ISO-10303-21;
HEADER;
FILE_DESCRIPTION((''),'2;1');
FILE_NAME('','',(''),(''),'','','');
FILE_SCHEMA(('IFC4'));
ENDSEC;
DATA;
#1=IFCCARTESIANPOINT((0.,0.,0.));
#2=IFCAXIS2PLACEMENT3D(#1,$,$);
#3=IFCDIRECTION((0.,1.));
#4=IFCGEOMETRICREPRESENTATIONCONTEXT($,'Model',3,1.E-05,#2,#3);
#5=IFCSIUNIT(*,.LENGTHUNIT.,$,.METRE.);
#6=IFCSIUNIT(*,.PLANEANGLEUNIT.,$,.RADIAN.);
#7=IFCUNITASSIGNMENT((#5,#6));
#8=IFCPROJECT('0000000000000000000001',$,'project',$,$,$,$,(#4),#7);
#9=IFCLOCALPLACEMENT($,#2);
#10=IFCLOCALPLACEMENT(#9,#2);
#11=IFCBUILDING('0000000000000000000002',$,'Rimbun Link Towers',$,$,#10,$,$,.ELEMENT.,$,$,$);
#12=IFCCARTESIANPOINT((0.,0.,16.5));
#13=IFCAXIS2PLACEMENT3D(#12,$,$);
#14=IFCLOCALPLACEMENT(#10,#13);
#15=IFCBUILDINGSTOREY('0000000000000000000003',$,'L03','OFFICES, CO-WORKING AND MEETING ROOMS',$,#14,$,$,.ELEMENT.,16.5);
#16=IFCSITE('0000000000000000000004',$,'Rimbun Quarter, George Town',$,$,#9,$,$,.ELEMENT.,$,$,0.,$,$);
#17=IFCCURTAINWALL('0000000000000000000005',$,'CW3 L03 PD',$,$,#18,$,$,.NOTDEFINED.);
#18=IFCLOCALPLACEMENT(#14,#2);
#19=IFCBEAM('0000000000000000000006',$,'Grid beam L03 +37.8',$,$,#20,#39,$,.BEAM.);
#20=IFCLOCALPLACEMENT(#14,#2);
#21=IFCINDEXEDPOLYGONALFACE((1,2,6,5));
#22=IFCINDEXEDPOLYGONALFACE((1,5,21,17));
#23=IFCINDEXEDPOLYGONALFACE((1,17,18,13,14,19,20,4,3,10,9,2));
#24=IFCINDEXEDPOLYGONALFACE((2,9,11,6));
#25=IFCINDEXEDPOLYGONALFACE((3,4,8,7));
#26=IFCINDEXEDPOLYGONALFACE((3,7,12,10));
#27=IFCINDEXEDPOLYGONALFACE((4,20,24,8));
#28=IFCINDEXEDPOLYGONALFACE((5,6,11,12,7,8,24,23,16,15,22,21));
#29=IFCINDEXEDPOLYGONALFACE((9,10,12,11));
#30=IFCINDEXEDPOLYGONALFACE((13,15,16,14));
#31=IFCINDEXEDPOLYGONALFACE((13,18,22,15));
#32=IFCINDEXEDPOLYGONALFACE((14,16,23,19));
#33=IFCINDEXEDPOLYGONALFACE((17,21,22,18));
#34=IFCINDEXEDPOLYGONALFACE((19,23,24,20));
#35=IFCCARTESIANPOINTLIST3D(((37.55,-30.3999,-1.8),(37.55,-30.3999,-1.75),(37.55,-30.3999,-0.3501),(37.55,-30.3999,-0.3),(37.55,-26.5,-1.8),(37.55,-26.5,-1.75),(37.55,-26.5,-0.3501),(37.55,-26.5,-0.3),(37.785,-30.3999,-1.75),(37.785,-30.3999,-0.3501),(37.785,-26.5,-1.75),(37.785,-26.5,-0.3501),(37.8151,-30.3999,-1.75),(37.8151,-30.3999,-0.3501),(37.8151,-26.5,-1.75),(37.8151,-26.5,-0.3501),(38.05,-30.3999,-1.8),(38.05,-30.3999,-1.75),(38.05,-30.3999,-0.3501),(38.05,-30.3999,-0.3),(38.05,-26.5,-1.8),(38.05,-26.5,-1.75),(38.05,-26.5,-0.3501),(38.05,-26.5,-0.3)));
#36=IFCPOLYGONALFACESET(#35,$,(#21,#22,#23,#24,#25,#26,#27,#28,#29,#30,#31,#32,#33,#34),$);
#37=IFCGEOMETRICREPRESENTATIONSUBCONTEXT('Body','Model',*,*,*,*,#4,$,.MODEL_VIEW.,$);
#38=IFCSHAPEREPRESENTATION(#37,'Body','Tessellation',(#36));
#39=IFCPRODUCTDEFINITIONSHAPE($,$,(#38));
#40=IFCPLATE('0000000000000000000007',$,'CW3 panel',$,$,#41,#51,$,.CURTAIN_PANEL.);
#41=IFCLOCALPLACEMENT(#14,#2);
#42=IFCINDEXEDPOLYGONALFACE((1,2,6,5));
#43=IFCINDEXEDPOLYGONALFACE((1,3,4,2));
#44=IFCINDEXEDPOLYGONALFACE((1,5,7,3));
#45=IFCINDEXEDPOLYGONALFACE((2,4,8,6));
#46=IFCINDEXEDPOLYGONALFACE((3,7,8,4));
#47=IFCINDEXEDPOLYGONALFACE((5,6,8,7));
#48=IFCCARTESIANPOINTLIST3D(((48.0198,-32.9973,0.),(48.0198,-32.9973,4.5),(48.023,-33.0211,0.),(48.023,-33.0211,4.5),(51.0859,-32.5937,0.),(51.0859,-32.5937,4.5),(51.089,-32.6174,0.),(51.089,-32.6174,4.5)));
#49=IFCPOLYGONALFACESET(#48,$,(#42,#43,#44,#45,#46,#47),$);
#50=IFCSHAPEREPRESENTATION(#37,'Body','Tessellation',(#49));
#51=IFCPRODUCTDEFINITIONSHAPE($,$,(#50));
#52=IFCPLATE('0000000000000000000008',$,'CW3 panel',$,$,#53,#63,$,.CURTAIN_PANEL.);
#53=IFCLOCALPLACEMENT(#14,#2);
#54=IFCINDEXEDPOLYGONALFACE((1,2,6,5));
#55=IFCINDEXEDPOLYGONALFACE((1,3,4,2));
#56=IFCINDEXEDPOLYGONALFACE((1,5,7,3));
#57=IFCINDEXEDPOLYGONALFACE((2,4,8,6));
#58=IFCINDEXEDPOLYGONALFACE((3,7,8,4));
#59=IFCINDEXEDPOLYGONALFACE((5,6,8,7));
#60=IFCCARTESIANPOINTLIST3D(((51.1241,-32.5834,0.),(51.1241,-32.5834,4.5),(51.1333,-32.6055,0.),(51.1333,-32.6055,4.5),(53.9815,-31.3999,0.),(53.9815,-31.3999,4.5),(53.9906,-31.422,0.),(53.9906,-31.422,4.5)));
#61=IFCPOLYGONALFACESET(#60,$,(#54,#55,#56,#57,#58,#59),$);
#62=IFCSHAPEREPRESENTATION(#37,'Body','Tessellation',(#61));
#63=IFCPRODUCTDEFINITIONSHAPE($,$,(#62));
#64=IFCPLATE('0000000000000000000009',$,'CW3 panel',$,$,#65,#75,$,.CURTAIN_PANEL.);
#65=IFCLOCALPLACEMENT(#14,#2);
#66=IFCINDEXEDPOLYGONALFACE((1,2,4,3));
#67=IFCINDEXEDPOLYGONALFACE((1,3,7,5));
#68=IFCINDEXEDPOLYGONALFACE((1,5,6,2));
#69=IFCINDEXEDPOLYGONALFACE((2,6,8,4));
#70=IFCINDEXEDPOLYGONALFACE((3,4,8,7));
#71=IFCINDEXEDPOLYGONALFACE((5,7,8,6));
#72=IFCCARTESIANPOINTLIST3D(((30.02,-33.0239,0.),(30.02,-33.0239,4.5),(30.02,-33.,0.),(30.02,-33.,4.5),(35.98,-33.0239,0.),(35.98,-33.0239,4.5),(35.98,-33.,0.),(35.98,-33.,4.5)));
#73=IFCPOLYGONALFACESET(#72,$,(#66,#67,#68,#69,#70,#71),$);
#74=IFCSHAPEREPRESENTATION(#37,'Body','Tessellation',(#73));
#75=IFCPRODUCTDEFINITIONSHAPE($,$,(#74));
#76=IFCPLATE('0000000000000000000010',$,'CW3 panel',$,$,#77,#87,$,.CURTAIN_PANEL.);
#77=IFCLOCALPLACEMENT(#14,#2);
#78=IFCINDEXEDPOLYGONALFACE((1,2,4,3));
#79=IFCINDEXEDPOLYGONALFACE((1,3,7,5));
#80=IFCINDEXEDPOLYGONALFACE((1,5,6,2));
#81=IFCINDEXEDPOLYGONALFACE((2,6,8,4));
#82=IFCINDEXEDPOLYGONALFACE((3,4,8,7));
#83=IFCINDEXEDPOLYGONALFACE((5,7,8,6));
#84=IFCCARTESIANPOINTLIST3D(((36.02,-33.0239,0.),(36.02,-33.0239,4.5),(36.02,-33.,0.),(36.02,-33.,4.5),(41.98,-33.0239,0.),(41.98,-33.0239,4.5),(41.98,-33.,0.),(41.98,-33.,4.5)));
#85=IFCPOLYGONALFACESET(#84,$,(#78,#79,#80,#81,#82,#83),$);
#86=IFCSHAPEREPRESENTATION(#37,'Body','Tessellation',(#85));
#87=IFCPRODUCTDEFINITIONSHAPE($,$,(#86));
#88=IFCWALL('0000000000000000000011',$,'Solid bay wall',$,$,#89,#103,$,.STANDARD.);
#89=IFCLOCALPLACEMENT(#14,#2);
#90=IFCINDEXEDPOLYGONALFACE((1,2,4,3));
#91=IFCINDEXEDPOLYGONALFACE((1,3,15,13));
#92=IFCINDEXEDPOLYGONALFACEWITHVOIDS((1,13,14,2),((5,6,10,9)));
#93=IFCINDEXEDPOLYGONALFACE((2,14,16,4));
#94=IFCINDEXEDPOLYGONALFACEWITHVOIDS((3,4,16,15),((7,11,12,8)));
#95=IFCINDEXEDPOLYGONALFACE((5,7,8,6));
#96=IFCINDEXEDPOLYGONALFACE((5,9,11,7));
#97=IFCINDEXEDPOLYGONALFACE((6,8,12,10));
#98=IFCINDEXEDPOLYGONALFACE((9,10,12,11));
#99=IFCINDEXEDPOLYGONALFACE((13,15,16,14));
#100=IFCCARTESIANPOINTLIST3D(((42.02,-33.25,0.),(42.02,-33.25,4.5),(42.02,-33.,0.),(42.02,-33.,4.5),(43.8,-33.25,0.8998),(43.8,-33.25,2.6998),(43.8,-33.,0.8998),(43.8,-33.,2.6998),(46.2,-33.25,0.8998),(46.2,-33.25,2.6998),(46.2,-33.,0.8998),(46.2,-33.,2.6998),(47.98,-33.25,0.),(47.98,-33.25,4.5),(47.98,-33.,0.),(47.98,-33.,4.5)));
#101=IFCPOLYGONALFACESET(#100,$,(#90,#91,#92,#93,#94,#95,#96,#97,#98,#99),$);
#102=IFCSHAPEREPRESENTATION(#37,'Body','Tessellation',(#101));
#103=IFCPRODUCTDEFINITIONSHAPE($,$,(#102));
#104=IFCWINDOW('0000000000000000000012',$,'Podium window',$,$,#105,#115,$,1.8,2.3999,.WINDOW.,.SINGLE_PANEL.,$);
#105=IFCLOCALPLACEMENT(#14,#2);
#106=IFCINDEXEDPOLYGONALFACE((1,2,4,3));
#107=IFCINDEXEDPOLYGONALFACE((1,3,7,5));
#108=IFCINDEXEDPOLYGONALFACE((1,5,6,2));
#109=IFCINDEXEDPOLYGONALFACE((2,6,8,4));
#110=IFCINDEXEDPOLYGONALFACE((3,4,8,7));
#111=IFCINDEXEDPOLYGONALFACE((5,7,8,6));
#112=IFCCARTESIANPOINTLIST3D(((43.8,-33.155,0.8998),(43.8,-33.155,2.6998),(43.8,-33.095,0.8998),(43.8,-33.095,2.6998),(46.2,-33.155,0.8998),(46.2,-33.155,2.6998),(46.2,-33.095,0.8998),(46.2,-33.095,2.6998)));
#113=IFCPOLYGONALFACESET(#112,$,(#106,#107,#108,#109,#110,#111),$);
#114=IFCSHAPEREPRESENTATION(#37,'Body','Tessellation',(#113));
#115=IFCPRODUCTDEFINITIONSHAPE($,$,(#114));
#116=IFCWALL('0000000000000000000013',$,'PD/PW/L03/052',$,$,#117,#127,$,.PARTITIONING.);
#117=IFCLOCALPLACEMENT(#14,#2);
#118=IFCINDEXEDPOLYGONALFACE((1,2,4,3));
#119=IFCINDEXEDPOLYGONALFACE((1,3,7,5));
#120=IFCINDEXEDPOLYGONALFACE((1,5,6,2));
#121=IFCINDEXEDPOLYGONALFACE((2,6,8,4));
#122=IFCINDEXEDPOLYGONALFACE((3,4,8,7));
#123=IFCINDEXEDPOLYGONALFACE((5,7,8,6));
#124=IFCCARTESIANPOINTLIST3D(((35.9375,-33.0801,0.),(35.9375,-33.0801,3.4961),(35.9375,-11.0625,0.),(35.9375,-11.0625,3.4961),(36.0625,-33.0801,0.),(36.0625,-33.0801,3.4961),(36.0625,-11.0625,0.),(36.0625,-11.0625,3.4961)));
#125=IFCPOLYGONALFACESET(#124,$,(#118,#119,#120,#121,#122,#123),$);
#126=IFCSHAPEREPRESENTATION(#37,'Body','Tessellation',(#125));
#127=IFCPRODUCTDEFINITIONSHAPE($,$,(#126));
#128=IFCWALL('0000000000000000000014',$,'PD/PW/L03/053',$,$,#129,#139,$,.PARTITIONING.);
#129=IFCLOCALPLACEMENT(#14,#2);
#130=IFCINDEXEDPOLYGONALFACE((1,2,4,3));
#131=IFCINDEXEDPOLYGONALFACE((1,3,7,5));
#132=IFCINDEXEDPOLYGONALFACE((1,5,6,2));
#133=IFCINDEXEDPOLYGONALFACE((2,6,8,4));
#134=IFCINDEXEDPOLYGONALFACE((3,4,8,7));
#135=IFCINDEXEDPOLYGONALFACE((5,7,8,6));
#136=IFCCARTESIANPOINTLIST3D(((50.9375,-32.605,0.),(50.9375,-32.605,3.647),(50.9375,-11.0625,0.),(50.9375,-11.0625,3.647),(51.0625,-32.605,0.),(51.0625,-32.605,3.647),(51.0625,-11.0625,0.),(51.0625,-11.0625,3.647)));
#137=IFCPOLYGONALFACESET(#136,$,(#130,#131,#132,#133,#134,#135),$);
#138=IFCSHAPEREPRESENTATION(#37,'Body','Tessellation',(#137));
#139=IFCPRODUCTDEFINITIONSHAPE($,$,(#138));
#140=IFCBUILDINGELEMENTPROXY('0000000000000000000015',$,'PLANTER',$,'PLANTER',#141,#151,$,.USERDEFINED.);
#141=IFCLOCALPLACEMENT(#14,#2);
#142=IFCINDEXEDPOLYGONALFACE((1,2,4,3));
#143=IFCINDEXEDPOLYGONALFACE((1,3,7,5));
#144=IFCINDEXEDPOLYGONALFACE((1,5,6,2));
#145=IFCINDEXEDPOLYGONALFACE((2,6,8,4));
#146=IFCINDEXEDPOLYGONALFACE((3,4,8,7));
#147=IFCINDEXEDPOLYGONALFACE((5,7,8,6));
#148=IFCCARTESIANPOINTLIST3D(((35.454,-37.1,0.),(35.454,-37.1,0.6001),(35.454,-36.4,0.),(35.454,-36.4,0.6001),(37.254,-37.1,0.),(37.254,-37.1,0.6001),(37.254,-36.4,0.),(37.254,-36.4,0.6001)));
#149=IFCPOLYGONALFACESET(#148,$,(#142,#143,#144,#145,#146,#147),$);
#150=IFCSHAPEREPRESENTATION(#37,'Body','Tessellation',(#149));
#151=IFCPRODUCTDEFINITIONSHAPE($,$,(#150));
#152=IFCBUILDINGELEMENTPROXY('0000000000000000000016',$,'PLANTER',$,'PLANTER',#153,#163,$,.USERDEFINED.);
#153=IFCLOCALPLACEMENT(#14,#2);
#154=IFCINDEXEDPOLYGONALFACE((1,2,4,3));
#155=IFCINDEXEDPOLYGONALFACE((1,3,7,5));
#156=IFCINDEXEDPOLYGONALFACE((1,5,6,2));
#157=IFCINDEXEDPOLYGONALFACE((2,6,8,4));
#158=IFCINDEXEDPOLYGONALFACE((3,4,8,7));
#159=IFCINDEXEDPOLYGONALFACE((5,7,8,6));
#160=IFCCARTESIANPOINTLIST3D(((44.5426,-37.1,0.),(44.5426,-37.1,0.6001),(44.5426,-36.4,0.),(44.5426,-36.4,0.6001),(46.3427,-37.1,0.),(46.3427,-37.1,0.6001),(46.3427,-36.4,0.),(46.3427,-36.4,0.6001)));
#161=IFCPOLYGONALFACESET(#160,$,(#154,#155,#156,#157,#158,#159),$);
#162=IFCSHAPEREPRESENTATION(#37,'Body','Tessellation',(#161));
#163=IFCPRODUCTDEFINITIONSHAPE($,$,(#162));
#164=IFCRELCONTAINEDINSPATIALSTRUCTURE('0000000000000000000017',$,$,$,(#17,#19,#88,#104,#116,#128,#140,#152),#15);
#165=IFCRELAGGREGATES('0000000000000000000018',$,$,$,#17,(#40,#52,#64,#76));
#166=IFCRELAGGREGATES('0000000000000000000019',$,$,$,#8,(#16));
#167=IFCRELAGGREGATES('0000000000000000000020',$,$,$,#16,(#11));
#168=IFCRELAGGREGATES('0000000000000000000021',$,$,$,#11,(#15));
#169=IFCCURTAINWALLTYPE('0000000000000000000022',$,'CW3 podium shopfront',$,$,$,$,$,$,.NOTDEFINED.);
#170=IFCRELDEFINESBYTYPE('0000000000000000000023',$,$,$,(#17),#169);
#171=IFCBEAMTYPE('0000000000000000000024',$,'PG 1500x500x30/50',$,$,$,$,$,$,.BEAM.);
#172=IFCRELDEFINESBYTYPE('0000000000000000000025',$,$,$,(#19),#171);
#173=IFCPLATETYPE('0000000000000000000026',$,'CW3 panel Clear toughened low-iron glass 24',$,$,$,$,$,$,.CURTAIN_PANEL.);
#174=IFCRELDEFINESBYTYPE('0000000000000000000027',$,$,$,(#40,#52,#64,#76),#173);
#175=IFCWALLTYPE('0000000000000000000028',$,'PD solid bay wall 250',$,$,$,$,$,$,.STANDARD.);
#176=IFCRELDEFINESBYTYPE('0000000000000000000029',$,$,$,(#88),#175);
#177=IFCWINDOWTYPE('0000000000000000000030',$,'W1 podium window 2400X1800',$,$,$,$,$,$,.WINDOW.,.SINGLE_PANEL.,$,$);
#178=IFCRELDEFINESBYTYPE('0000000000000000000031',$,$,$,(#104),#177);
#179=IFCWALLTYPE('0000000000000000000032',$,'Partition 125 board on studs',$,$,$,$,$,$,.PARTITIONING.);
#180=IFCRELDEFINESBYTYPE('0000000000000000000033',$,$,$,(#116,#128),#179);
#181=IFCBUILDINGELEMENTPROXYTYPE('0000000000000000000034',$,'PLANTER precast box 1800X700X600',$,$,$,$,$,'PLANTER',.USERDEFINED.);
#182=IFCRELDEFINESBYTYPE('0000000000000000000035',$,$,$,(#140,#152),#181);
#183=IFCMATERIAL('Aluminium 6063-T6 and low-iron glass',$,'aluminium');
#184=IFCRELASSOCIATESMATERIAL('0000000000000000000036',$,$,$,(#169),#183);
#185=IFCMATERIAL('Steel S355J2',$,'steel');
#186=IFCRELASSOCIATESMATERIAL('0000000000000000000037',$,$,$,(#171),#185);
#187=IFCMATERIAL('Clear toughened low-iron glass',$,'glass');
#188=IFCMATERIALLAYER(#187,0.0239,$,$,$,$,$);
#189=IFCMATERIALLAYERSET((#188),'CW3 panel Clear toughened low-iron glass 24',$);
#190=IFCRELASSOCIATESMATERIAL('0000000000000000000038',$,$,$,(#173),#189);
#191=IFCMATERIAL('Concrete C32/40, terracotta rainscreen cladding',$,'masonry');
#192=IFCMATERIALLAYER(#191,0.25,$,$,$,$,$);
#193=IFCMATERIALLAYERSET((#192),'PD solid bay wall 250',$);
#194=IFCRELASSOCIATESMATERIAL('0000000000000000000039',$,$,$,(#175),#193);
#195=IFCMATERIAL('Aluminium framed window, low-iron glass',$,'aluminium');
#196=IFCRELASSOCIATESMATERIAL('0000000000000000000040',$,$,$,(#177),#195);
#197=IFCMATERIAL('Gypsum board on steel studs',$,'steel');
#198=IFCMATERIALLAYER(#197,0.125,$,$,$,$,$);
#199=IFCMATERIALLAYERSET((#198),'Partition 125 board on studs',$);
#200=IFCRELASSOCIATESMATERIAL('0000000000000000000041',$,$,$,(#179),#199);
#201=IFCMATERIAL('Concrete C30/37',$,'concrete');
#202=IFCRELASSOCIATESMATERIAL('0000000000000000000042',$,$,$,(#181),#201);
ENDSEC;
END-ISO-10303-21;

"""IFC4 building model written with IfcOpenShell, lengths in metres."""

from ifc_helpers import new_model, si_unit, direction, frame, frame_2d, origin, origin_2d, place, context, subcontext, project, spatial, rectangle, i_section, extrude, material, layer, layer_set, material_profile, profile_set, type_object, element, fill, aggregate, save


model = new_model("IFC4")

# Units and contexts
model_context = context("Model", 3, precision=1e-05, world=origin(), true_north=direction((0.0, 1.0)))
body_context = subcontext(model_context, "Body", "Model", "MODEL_VIEW")
ifc_project = project(units=[si_unit("LENGTHUNIT", "METRE"), si_unit("PLANEANGLEUNIT", "RADIAN")], contexts=[model_context])

# Site, building, storey
site_placement = place(None, origin())
site = spatial("IfcSite", under=ifc_project, at=site_placement, Name="Rimbun Quarter, George Town", CompositionType="ELEMENT", RefElevation=0.0)
building_placement = place(site_placement, origin())
building = spatial("IfcBuilding", under=site, at=building_placement, Name="Rimbun Link Towers", CompositionType="ELEMENT")
storey_placement = place(building_placement, frame((0.0, 0.0, 16.5)))
storey = spatial("IfcBuildingStorey", under=building, at=storey_placement, Name="L03", Description="OFFICES, CO-WORKING AND MEETING ROOMS", CompositionType="ELEMENT", Elevation=16.5)

# Curtain wall
ifc_material_1 = material(Name="Aluminium 6063-T6 and low-iron glass", Category="aluminium")
curtain_wall_type = type_object("IfcCurtainWallType", Name="CW3 podium shopfront", PredefinedType="NOTDEFINED", material=ifc_material_1)
curtain_wall_placement = place(storey_placement, origin())
curtain_wall = element("IfcCurtainWall", 1, at=curtain_wall_placement, inside=storey, type_object=curtain_wall_type, Name="CW3 L03 PD", PredefinedType="NOTDEFINED")

# Beam
ifc_material_2 = material(Name="Steel S355J2", Category="steel")
ifc_material_profile_1 = material_profile(ifc_material_2, i_section(OverallWidth=0.5, OverallDepth=1.5, WebThickness=0.03, FlangeThickness=0.05, at=origin_2d()), Name="PG 1500x500x30/50")
ifc_profile_set_1 = profile_set([ifc_material_profile_1], Name="Steel S355J2")
beam_type = type_object("IfcBeamType", Name="PG 1500x500x30/50", PredefinedType="BEAM", material=ifc_profile_set_1)
beam_1_placement = place(storey_placement, frame((37.8, -30.3999, -1.05), z_axis=(0.0, 1.0, 0.0), x_axis=(-1.0, 0.0, 0.0)))
element("IfcBeam", 2, at=beam_1_placement, inside=storey, type_object=beam_type, Name="Grid beam L03 +37.8", PredefinedType="BEAM", context=body_context, shape_type="SweptSolid", body=[
    extrude(i_section(OverallWidth=0.5, OverallDepth=1.5, WebThickness=0.03, FlangeThickness=0.05, at=origin_2d()), origin(), (0.0, 0.0, 1.0), 3.8999),
])

# Plates
ifc_material_3 = material(Name="Clear toughened low-iron glass", Category="glass")
ifc_layer_1 = layer(ifc_material_3, 0.0239)
ifc_layer_set_1 = layer_set([ifc_layer_1], Name="CW3 panel Clear toughened low-iron glass 24")
plate_type = type_object("IfcPlateType", Name="CW3 panel Clear toughened low-iron glass 24", PredefinedType="CURTAIN_PANEL", material=ifc_layer_set_1)
plate_1_placement = place(storey_placement, frame((49.5544, -32.8074, 0.0), z_axis=(0.0, 0.0, 1.0), x_axis=(-0.991444, -0.13053, 0.0)))
plate_1 = element("IfcPlate", 3, at=plate_1_placement, type_object=plate_type, Name="CW3 panel", PredefinedType="CURTAIN_PANEL", context=body_context, shape_type="SweptSolid", body=[
    extrude(rectangle(XDim=3.0925, YDim=0.0239, at=origin_2d()), origin(), (0.0, 0.0, 1.0), 4.5),
])
plate_2_placement = place(storey_placement, frame((52.5574, -32.0027, 0.0), z_axis=(0.0, 0.0, 1.0), x_axis=(-0.923881, -0.382679, 0.0)))
plate_2 = element("IfcPlate", 4, at=plate_2_placement, type_object=plate_type, Name="CW3 panel", PredefinedType="CURTAIN_PANEL", context=body_context, shape_type="SweptSolid", body=[
    extrude(rectangle(XDim=3.0928, YDim=0.0239, at=origin_2d()), origin(), (0.0, 0.0, 1.0), 4.5),
])
plate_3_placement = place(storey_placement, frame((33.0, -33.012, 0.0), z_axis=(0.0, 0.0, 1.0), x_axis=(-1.0, 0.0, 0.0)))
plate_3 = element("IfcPlate", 5, at=plate_3_placement, type_object=plate_type, Name="CW3 panel", PredefinedType="CURTAIN_PANEL", context=body_context, shape_type="SweptSolid", body=[
    extrude(rectangle(XDim=5.96, YDim=0.0239, at=origin_2d()), origin(), (0.0, 0.0, 1.0), 4.5),
])
plate_4_placement = place(storey_placement, frame((39.0, -33.012, 0.0), z_axis=(0.0, 0.0, 1.0), x_axis=(-1.0, 0.0, 0.0)))
plate_4 = element("IfcPlate", 6, at=plate_4_placement, type_object=plate_type, Name="CW3 panel", PredefinedType="CURTAIN_PANEL", context=body_context, shape_type="SweptSolid", body=[
    extrude(rectangle(XDim=5.96, YDim=0.0239, at=origin_2d()), origin(), (0.0, 0.0, 1.0), 4.5),
])
aggregate(curtain_wall, [plate_1, plate_2, plate_3, plate_4])

# Wall, opening, window
ifc_material_4 = material(Name="Concrete C32/40, terracotta rainscreen cladding", Category="masonry")
ifc_layer_2 = layer(ifc_material_4, 0.25)
ifc_layer_set_2 = layer_set([ifc_layer_2], Name="PD solid bay wall 250")
wall_type_1 = type_object("IfcWallType", Name="PD solid bay wall 250", PredefinedType="STANDARD", material=ifc_layer_set_2)
wall_1_placement = place(storey_placement, frame((47.98, -33.125, 0.0), z_axis=(0.0, 0.0, 1.0), x_axis=(-1.0, 0.0, 0.0)))
wall_1 = element("IfcWall", 7, at=wall_1_placement, inside=storey, type_object=wall_type_1, Name="Solid bay wall", PredefinedType="STANDARD", context=body_context, shape_type="SweptSolid", body=[
    extrude(rectangle(XDim=5.96, YDim=0.25, at=frame_2d((2.98, 0.0))), origin(), (0.0, 0.0, 1.0), 4.5),
])
opening_placement = place(wall_1_placement, frame((1.78, 0.0, 0.8999)))
opening = element("IfcOpeningElement", 8, at=opening_placement, cuts=wall_1, PredefinedType="OPENING", context=body_context, shape_type="SweptSolid", body=[
    extrude(rectangle(XDim=2.3999, YDim=1.8, at=frame_2d((1.2, 0.8999))), frame((0.0, 0.135, 0.0), z_axis=(0.0, -1.0, 0.0), x_axis=(1.0, 0.0, 0.0)), (0.0, 0.0, 1.0), 0.27),
])
ifc_material_5 = material(Name="Aluminium framed window, low-iron glass", Category="aluminium")
window_type = type_object("IfcWindowType", Name="W1 podium window 2400X1800", PartitioningType="SINGLE_PANEL", PredefinedType="WINDOW", material=ifc_material_5)
window_placement = place(opening_placement, origin())
window = element("IfcWindow", 9, at=window_placement, inside=storey, type_object=window_type, Name="Podium window", OverallHeight=1.8, OverallWidth=2.3999, PartitioningType="SINGLE_PANEL", PredefinedType="WINDOW", context=body_context, shape_type="SweptSolid", body=[
    extrude(rectangle(XDim=2.3999, YDim=1.8, at=frame_2d((1.2, 0.8999))), frame((0.0, 0.03, 0.0), z_axis=(0.0, -1.0, 0.0), x_axis=(1.0, 0.0, 0.0)), (0.0, 0.0, 1.0), 0.0601),
])
fill(opening, window)

# Walls
ifc_material_6 = material(Name="Gypsum board on steel studs", Category="steel")
ifc_layer_3 = layer(ifc_material_6, 0.125)
ifc_layer_set_3 = layer_set([ifc_layer_3], Name="Partition 125 board on studs")
wall_type_2 = type_object("IfcWallType", Name="Partition 125 board on studs", PredefinedType="PARTITIONING", material=ifc_layer_set_3)
wall_2_placement = place(storey_placement, frame((36.0, -33.0801, 0.0), z_axis=(0.0, 0.0, 1.0), x_axis=(0.0, 1.0, 0.0)))
element("IfcWall", 10, at=wall_2_placement, inside=storey, type_object=wall_type_2, Name="PD/PW/L03/052", PredefinedType="PARTITIONING", context=body_context, shape_type="SweptSolid", body=[
    extrude(rectangle(XDim=22.0176, YDim=0.125, at=frame_2d((11.0088, 0.0))), origin(), (0.0, 0.0, 1.0), 3.4961),
])
wall_3_placement = place(storey_placement, frame((51.0, -32.605, 0.0), z_axis=(0.0, 0.0, 1.0), x_axis=(0.0, 1.0, 0.0)))
element("IfcWall", 11, at=wall_3_placement, inside=storey, type_object=wall_type_2, Name="PD/PW/L03/053", PredefinedType="PARTITIONING", context=body_context, shape_type="SweptSolid", body=[
    extrude(rectangle(XDim=21.5425, YDim=0.125, at=frame_2d((10.7712, 0.0))), origin(), (0.0, 0.0, 1.0), 3.647),
])

# Building element proxies
ifc_material_7 = material(Name="Concrete C30/37", Category="concrete")
building_element_proxy_type = type_object("IfcBuildingElementProxyType", Name="PLANTER precast box 1800X700X600", ElementType="PLANTER", PredefinedType="USERDEFINED", material=ifc_material_7)
for number, where, z_axis, x_axis, name in (
    (12, (36.354, -36.75, 0.0), (0.0, 0.0, 1.0), (1.0, 0.0, 0.0), "PLANTER"),
    (13, (45.4426, -36.75, 0.0), (0.0, 0.0, 1.0), (1.0, 0.0, 0.0), "PLANTER"),
):
    element("IfcBuildingElementProxy", number, at=place(storey_placement, frame(where, z_axis=z_axis, x_axis=x_axis)), inside=storey, type_object=building_element_proxy_type, Name=name, ObjectType="PLANTER", PredefinedType="USERDEFINED", context=body_context, shape_type="SweptSolid", body=[
        extrude(rectangle(XDim=1.8, YDim=0.7, at=origin_2d()), origin(), (0.0, 0.0, 1.0), 0.6001),
    ])

save(model, "model.ifc")
